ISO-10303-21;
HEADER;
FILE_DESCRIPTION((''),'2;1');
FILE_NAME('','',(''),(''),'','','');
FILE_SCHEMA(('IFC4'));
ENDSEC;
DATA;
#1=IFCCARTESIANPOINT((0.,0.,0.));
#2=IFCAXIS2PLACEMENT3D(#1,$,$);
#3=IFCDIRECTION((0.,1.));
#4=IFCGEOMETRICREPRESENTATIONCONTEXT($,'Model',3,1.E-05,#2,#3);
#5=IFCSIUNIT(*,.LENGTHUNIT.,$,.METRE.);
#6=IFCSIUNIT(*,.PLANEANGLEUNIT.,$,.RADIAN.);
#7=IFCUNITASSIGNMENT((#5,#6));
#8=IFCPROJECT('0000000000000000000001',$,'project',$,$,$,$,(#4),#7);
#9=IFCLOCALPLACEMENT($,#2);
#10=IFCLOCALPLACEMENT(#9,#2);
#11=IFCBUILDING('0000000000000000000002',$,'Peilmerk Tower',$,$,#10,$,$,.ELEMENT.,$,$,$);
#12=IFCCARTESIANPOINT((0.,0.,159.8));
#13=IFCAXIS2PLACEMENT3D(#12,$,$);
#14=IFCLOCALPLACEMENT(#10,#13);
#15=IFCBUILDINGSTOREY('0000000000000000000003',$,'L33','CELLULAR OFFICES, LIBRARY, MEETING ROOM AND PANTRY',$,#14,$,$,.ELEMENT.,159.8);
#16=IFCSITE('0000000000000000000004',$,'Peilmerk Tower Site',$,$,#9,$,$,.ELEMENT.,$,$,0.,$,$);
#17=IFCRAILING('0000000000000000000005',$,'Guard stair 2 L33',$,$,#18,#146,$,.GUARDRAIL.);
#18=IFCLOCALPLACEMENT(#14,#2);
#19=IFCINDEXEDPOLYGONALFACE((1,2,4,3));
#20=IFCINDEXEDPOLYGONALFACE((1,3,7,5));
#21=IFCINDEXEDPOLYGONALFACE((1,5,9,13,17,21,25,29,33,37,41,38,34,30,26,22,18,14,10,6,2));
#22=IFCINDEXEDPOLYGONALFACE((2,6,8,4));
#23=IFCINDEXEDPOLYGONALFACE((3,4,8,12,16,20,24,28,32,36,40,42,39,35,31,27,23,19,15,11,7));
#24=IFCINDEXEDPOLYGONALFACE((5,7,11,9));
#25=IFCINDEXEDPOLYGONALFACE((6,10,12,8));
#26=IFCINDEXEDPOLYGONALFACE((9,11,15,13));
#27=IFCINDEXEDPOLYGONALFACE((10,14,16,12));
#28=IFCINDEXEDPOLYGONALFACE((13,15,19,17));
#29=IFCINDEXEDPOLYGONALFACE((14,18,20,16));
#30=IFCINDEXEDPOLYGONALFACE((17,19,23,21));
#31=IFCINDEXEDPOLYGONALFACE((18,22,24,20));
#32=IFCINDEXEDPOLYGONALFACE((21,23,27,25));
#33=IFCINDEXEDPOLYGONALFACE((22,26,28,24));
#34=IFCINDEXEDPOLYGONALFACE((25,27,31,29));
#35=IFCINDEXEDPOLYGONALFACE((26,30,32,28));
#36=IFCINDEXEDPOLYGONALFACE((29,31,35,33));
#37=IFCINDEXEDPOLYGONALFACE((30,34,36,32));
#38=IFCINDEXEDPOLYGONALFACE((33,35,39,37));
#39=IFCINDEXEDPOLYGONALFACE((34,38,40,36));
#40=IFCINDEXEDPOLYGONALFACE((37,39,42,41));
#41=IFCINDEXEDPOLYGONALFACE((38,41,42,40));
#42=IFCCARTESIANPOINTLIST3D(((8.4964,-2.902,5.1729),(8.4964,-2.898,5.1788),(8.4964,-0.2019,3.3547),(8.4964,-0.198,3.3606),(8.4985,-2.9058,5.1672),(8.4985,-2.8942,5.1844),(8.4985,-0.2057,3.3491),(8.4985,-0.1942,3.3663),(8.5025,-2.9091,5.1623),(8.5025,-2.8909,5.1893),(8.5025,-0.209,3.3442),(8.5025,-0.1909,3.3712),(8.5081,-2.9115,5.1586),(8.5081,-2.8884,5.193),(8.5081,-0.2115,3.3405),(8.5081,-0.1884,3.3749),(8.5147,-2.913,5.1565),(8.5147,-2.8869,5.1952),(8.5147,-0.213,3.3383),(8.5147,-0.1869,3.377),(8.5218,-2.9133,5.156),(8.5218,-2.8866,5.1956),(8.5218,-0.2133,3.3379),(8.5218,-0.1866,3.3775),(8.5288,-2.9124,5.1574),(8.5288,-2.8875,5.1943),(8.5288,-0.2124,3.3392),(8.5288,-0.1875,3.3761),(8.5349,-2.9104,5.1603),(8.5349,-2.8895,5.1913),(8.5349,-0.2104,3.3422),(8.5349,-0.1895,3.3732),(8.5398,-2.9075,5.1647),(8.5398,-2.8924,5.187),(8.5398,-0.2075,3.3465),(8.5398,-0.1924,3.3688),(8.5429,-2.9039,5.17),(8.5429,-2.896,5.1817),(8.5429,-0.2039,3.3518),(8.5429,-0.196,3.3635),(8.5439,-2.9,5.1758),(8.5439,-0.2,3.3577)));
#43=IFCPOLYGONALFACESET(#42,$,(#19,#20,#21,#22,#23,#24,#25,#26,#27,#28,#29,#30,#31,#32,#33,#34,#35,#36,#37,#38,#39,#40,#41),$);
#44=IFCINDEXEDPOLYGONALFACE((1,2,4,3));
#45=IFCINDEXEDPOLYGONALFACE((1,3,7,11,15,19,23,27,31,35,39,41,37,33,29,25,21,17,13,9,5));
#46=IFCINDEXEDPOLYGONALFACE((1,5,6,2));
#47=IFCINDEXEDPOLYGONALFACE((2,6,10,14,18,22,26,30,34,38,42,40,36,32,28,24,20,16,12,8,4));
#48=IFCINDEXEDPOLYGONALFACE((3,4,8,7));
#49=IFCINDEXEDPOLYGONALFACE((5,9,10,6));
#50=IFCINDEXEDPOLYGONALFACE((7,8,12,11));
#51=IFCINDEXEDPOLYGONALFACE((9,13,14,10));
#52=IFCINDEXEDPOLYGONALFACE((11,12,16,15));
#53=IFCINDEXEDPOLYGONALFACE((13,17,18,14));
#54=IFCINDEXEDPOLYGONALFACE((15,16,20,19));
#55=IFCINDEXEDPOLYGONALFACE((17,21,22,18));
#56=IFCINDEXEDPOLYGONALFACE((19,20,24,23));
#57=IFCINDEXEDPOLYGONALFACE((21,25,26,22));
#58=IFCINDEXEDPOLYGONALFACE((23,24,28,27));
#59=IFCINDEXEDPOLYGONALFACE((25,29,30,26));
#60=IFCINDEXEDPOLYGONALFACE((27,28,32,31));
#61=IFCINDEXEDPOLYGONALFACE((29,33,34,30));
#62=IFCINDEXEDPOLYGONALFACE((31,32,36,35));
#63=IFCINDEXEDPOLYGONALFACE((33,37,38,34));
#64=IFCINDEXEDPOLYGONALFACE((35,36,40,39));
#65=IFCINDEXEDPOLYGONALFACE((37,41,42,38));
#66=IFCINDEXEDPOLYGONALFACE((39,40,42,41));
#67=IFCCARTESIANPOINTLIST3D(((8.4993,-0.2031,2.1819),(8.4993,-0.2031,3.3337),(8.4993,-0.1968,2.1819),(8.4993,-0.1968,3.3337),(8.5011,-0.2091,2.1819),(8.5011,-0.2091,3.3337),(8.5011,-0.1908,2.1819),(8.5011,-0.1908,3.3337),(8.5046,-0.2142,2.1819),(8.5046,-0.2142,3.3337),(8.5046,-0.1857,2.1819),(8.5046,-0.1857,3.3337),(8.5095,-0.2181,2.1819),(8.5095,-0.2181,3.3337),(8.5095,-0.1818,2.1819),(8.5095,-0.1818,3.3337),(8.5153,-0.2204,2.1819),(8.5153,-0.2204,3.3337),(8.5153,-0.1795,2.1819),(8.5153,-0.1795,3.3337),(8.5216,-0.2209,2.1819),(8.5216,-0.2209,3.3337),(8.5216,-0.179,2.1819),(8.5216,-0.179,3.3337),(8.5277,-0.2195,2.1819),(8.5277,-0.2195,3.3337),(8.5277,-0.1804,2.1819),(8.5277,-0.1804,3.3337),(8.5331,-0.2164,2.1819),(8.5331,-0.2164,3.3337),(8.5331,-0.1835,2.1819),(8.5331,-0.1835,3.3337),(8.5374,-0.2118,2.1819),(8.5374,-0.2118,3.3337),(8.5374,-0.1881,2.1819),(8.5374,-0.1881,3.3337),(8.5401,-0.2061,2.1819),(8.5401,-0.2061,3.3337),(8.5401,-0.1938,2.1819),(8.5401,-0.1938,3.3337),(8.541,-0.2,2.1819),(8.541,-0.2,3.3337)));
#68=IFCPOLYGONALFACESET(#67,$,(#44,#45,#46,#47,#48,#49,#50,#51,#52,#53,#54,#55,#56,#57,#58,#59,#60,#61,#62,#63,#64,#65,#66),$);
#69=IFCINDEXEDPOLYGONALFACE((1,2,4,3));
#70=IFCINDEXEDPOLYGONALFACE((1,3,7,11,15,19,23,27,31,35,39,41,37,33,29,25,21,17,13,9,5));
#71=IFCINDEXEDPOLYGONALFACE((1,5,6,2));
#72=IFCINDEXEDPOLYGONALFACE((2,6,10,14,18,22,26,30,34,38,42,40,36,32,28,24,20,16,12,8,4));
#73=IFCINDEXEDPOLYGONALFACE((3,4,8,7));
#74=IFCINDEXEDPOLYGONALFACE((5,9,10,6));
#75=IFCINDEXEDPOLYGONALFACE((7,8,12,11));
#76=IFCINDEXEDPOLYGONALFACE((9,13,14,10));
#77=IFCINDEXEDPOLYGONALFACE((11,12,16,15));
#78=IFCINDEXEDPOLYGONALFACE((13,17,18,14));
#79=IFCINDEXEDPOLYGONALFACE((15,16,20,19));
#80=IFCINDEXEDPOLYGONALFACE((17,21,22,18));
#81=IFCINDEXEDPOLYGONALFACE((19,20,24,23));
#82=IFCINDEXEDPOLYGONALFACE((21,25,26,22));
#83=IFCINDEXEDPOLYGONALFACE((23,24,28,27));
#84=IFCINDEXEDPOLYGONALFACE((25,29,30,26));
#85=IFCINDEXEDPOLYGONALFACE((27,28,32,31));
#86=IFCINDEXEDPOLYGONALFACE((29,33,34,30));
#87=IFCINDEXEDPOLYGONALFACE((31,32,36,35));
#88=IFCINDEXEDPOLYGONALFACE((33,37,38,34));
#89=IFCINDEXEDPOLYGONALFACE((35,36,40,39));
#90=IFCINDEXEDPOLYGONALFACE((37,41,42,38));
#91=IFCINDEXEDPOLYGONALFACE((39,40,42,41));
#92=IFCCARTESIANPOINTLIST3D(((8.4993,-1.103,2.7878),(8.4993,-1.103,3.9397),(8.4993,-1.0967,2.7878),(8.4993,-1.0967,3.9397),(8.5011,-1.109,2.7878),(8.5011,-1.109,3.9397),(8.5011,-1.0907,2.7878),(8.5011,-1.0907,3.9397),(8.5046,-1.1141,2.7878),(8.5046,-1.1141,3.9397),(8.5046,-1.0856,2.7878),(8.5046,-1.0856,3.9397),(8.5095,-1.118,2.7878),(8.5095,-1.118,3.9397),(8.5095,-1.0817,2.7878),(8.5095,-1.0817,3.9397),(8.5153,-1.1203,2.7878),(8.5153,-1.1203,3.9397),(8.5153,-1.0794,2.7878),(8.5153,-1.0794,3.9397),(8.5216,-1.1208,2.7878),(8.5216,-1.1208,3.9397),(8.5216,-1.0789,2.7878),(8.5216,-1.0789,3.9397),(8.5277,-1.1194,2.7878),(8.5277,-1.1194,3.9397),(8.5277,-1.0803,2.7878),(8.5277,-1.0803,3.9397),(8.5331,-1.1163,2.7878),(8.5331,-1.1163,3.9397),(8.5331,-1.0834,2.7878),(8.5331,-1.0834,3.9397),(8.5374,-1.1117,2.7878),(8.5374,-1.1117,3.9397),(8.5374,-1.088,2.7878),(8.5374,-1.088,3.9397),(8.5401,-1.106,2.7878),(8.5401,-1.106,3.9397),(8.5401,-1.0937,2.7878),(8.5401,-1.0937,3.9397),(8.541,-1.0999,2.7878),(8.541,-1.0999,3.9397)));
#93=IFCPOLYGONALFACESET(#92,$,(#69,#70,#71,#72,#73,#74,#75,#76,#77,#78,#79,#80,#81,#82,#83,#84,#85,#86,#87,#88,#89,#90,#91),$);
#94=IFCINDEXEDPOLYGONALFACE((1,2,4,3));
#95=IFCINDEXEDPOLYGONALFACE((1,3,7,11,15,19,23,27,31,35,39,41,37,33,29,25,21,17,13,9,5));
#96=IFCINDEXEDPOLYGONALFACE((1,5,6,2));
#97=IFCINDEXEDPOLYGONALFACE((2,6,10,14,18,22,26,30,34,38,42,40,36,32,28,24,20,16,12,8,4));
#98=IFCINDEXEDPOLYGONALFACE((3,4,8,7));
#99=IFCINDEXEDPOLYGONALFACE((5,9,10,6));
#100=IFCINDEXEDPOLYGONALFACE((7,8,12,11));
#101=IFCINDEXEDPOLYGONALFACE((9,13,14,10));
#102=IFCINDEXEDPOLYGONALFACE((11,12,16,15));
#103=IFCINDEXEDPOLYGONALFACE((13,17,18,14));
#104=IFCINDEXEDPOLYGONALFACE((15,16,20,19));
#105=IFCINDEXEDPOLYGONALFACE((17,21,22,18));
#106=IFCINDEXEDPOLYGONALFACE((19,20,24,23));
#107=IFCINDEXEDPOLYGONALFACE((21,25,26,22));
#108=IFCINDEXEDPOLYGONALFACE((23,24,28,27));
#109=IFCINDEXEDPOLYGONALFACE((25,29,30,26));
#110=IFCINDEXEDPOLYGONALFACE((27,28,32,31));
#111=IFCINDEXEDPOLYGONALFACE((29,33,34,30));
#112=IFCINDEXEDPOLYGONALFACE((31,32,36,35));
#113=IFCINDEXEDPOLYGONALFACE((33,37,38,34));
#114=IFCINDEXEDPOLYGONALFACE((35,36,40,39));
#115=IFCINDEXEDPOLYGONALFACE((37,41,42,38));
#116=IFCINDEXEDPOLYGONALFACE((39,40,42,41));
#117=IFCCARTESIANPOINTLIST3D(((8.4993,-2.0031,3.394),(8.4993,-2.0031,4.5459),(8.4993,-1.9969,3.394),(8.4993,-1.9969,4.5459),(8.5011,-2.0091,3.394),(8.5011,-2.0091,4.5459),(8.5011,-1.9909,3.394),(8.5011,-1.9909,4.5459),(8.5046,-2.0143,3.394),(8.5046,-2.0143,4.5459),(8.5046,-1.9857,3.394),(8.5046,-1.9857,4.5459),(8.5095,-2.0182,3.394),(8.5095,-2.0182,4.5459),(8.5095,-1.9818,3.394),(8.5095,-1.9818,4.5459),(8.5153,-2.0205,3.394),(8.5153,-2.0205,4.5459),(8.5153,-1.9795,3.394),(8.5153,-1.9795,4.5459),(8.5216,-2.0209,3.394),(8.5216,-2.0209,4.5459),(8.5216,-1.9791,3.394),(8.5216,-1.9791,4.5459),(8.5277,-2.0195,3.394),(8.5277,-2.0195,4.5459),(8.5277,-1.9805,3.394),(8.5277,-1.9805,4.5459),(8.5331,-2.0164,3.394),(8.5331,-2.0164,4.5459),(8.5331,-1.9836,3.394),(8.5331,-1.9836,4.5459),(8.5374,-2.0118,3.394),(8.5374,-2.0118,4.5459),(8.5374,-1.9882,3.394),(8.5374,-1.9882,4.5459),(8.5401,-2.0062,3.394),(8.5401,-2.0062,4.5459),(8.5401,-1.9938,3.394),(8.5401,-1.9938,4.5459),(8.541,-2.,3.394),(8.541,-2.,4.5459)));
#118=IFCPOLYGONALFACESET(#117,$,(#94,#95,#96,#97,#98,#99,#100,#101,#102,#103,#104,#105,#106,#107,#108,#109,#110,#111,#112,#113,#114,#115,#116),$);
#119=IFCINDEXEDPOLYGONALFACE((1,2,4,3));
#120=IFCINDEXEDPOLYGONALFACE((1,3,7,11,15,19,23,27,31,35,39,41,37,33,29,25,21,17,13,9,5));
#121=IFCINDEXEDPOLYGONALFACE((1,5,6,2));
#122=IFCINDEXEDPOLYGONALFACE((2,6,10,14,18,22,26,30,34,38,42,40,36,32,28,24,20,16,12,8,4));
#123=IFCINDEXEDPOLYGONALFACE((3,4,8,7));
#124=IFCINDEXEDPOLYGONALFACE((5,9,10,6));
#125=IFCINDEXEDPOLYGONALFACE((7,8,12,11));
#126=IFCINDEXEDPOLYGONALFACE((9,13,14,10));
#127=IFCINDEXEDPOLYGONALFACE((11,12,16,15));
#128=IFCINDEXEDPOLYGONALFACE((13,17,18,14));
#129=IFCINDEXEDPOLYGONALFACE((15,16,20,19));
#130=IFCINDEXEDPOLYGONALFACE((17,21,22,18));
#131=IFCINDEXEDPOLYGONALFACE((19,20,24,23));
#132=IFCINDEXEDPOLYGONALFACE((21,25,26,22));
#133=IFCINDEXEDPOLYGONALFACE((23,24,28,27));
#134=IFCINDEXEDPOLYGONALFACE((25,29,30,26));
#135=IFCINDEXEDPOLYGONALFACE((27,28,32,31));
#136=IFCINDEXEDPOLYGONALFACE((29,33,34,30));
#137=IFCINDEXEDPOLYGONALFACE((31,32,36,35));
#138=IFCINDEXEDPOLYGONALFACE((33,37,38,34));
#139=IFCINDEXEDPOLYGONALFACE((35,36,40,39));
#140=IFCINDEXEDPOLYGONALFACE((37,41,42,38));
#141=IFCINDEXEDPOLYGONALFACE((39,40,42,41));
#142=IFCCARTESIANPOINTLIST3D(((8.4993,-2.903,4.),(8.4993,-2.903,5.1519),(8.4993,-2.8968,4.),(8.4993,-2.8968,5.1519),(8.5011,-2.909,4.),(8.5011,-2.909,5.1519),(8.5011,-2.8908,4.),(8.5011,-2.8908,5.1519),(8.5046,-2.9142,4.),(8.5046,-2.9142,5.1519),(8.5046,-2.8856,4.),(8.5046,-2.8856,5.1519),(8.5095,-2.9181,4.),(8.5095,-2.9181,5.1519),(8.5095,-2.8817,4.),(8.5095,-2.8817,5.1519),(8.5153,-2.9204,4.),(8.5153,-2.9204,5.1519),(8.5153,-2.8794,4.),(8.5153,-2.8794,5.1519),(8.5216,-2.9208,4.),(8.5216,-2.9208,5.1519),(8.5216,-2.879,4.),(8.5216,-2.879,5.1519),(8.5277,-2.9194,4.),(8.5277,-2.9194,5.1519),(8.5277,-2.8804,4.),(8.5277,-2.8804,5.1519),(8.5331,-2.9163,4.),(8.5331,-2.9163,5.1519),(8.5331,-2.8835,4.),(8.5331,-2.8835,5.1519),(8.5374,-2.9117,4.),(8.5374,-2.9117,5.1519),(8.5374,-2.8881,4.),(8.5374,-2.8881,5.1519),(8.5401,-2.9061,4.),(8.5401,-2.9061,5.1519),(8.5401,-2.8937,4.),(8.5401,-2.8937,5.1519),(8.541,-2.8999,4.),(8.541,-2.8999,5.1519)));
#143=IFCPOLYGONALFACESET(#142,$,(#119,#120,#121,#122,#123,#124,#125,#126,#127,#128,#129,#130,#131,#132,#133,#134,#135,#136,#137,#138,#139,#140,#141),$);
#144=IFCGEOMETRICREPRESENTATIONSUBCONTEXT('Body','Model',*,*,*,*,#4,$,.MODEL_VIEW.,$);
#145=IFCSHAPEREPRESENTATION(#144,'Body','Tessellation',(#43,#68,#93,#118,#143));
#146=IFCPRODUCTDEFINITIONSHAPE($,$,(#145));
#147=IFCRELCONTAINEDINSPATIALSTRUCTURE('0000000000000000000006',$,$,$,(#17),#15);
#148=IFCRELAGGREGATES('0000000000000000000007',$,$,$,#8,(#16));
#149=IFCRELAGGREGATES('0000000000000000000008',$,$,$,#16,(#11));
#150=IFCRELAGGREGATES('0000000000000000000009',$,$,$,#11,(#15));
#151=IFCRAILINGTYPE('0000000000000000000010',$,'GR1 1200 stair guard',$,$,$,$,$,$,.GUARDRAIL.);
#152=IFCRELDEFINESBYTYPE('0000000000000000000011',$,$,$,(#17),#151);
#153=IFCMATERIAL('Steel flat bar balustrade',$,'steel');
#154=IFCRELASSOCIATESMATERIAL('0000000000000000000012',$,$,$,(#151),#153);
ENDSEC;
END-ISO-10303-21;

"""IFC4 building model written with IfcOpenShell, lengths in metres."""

from ifc_helpers import new_model, si_unit, direction, frame, origin, origin_2d, place, context, subcontext, project, spatial, circle, extrude, material, type_object, element, save


model = new_model("IFC4")

# Units and contexts
model_context = context("Model", 3, precision=1e-05, world=origin(), true_north=direction((0.0, 1.0)))
body_context = subcontext(model_context, "Body", "Model", "MODEL_VIEW")
ifc_project = project(units=[si_unit("LENGTHUNIT", "METRE"), si_unit("PLANEANGLEUNIT", "RADIAN")], contexts=[model_context])

# Site, building, storey
site_placement = place(None, origin())
site = spatial("IfcSite", under=ifc_project, at=site_placement, Name="Peilmerk Tower Site", CompositionType="ELEMENT", RefElevation=0.0)
building_placement = place(site_placement, origin())
building = spatial("IfcBuilding", under=site, at=building_placement, Name="Peilmerk Tower", CompositionType="ELEMENT")
storey_placement = place(building_placement, frame((0.0, 0.0, 159.8)))
storey = spatial("IfcBuildingStorey", under=building, at=storey_placement, Name="L33", Description="CELLULAR OFFICES, LIBRARY, MEETING ROOM AND PANTRY", CompositionType="ELEMENT", Elevation=159.8)

# Railing
ifc_material_1 = material(Name="Steel flat bar balustrade", Category="steel")
railing_type_1 = type_object("IfcRailingType", Name="GR1 1200 stair guard", PredefinedType="GUARDRAIL", material=ifc_material_1)
railing_1_placement = place(storey_placement, frame((8.52, -0.2, 2.1819)))
element("IfcRailing", 1, at=railing_1_placement, inside=storey, type_object=railing_type_1, Name="Guard stair 2 L33", PredefinedType="GUARDRAIL", context=body_context, shape_type="SweptSolid", body=[
    extrude(circle(Radius=0.0239, at=origin_2d()), frame((0.0, 0.0, 1.1758), z_axis=(0.0, -0.829468, 0.558554), x_axis=(1.0, 0.0, 0.0)), (0.0, 0.0, 1.0), 3.2551),
    extrude(circle(Radius=0.021, at=origin_2d()), origin(), (0.0, 0.0, 1.0), 1.1519),
    extrude(circle(Radius=0.021, at=origin_2d()), frame((0.0, -0.8999, 0.606)), (0.0, 0.0, 1.0), 1.1519),
    extrude(circle(Radius=0.021, at=origin_2d()), frame((0.0, -1.8, 1.2122)), (0.0, 0.0, 1.0), 1.1519),
    extrude(circle(Radius=0.021, at=origin_2d()), frame((0.0, -2.7, 1.8181)), (0.0, 0.0, 1.0), 1.1519),
])

save(model, "model.ifc")
